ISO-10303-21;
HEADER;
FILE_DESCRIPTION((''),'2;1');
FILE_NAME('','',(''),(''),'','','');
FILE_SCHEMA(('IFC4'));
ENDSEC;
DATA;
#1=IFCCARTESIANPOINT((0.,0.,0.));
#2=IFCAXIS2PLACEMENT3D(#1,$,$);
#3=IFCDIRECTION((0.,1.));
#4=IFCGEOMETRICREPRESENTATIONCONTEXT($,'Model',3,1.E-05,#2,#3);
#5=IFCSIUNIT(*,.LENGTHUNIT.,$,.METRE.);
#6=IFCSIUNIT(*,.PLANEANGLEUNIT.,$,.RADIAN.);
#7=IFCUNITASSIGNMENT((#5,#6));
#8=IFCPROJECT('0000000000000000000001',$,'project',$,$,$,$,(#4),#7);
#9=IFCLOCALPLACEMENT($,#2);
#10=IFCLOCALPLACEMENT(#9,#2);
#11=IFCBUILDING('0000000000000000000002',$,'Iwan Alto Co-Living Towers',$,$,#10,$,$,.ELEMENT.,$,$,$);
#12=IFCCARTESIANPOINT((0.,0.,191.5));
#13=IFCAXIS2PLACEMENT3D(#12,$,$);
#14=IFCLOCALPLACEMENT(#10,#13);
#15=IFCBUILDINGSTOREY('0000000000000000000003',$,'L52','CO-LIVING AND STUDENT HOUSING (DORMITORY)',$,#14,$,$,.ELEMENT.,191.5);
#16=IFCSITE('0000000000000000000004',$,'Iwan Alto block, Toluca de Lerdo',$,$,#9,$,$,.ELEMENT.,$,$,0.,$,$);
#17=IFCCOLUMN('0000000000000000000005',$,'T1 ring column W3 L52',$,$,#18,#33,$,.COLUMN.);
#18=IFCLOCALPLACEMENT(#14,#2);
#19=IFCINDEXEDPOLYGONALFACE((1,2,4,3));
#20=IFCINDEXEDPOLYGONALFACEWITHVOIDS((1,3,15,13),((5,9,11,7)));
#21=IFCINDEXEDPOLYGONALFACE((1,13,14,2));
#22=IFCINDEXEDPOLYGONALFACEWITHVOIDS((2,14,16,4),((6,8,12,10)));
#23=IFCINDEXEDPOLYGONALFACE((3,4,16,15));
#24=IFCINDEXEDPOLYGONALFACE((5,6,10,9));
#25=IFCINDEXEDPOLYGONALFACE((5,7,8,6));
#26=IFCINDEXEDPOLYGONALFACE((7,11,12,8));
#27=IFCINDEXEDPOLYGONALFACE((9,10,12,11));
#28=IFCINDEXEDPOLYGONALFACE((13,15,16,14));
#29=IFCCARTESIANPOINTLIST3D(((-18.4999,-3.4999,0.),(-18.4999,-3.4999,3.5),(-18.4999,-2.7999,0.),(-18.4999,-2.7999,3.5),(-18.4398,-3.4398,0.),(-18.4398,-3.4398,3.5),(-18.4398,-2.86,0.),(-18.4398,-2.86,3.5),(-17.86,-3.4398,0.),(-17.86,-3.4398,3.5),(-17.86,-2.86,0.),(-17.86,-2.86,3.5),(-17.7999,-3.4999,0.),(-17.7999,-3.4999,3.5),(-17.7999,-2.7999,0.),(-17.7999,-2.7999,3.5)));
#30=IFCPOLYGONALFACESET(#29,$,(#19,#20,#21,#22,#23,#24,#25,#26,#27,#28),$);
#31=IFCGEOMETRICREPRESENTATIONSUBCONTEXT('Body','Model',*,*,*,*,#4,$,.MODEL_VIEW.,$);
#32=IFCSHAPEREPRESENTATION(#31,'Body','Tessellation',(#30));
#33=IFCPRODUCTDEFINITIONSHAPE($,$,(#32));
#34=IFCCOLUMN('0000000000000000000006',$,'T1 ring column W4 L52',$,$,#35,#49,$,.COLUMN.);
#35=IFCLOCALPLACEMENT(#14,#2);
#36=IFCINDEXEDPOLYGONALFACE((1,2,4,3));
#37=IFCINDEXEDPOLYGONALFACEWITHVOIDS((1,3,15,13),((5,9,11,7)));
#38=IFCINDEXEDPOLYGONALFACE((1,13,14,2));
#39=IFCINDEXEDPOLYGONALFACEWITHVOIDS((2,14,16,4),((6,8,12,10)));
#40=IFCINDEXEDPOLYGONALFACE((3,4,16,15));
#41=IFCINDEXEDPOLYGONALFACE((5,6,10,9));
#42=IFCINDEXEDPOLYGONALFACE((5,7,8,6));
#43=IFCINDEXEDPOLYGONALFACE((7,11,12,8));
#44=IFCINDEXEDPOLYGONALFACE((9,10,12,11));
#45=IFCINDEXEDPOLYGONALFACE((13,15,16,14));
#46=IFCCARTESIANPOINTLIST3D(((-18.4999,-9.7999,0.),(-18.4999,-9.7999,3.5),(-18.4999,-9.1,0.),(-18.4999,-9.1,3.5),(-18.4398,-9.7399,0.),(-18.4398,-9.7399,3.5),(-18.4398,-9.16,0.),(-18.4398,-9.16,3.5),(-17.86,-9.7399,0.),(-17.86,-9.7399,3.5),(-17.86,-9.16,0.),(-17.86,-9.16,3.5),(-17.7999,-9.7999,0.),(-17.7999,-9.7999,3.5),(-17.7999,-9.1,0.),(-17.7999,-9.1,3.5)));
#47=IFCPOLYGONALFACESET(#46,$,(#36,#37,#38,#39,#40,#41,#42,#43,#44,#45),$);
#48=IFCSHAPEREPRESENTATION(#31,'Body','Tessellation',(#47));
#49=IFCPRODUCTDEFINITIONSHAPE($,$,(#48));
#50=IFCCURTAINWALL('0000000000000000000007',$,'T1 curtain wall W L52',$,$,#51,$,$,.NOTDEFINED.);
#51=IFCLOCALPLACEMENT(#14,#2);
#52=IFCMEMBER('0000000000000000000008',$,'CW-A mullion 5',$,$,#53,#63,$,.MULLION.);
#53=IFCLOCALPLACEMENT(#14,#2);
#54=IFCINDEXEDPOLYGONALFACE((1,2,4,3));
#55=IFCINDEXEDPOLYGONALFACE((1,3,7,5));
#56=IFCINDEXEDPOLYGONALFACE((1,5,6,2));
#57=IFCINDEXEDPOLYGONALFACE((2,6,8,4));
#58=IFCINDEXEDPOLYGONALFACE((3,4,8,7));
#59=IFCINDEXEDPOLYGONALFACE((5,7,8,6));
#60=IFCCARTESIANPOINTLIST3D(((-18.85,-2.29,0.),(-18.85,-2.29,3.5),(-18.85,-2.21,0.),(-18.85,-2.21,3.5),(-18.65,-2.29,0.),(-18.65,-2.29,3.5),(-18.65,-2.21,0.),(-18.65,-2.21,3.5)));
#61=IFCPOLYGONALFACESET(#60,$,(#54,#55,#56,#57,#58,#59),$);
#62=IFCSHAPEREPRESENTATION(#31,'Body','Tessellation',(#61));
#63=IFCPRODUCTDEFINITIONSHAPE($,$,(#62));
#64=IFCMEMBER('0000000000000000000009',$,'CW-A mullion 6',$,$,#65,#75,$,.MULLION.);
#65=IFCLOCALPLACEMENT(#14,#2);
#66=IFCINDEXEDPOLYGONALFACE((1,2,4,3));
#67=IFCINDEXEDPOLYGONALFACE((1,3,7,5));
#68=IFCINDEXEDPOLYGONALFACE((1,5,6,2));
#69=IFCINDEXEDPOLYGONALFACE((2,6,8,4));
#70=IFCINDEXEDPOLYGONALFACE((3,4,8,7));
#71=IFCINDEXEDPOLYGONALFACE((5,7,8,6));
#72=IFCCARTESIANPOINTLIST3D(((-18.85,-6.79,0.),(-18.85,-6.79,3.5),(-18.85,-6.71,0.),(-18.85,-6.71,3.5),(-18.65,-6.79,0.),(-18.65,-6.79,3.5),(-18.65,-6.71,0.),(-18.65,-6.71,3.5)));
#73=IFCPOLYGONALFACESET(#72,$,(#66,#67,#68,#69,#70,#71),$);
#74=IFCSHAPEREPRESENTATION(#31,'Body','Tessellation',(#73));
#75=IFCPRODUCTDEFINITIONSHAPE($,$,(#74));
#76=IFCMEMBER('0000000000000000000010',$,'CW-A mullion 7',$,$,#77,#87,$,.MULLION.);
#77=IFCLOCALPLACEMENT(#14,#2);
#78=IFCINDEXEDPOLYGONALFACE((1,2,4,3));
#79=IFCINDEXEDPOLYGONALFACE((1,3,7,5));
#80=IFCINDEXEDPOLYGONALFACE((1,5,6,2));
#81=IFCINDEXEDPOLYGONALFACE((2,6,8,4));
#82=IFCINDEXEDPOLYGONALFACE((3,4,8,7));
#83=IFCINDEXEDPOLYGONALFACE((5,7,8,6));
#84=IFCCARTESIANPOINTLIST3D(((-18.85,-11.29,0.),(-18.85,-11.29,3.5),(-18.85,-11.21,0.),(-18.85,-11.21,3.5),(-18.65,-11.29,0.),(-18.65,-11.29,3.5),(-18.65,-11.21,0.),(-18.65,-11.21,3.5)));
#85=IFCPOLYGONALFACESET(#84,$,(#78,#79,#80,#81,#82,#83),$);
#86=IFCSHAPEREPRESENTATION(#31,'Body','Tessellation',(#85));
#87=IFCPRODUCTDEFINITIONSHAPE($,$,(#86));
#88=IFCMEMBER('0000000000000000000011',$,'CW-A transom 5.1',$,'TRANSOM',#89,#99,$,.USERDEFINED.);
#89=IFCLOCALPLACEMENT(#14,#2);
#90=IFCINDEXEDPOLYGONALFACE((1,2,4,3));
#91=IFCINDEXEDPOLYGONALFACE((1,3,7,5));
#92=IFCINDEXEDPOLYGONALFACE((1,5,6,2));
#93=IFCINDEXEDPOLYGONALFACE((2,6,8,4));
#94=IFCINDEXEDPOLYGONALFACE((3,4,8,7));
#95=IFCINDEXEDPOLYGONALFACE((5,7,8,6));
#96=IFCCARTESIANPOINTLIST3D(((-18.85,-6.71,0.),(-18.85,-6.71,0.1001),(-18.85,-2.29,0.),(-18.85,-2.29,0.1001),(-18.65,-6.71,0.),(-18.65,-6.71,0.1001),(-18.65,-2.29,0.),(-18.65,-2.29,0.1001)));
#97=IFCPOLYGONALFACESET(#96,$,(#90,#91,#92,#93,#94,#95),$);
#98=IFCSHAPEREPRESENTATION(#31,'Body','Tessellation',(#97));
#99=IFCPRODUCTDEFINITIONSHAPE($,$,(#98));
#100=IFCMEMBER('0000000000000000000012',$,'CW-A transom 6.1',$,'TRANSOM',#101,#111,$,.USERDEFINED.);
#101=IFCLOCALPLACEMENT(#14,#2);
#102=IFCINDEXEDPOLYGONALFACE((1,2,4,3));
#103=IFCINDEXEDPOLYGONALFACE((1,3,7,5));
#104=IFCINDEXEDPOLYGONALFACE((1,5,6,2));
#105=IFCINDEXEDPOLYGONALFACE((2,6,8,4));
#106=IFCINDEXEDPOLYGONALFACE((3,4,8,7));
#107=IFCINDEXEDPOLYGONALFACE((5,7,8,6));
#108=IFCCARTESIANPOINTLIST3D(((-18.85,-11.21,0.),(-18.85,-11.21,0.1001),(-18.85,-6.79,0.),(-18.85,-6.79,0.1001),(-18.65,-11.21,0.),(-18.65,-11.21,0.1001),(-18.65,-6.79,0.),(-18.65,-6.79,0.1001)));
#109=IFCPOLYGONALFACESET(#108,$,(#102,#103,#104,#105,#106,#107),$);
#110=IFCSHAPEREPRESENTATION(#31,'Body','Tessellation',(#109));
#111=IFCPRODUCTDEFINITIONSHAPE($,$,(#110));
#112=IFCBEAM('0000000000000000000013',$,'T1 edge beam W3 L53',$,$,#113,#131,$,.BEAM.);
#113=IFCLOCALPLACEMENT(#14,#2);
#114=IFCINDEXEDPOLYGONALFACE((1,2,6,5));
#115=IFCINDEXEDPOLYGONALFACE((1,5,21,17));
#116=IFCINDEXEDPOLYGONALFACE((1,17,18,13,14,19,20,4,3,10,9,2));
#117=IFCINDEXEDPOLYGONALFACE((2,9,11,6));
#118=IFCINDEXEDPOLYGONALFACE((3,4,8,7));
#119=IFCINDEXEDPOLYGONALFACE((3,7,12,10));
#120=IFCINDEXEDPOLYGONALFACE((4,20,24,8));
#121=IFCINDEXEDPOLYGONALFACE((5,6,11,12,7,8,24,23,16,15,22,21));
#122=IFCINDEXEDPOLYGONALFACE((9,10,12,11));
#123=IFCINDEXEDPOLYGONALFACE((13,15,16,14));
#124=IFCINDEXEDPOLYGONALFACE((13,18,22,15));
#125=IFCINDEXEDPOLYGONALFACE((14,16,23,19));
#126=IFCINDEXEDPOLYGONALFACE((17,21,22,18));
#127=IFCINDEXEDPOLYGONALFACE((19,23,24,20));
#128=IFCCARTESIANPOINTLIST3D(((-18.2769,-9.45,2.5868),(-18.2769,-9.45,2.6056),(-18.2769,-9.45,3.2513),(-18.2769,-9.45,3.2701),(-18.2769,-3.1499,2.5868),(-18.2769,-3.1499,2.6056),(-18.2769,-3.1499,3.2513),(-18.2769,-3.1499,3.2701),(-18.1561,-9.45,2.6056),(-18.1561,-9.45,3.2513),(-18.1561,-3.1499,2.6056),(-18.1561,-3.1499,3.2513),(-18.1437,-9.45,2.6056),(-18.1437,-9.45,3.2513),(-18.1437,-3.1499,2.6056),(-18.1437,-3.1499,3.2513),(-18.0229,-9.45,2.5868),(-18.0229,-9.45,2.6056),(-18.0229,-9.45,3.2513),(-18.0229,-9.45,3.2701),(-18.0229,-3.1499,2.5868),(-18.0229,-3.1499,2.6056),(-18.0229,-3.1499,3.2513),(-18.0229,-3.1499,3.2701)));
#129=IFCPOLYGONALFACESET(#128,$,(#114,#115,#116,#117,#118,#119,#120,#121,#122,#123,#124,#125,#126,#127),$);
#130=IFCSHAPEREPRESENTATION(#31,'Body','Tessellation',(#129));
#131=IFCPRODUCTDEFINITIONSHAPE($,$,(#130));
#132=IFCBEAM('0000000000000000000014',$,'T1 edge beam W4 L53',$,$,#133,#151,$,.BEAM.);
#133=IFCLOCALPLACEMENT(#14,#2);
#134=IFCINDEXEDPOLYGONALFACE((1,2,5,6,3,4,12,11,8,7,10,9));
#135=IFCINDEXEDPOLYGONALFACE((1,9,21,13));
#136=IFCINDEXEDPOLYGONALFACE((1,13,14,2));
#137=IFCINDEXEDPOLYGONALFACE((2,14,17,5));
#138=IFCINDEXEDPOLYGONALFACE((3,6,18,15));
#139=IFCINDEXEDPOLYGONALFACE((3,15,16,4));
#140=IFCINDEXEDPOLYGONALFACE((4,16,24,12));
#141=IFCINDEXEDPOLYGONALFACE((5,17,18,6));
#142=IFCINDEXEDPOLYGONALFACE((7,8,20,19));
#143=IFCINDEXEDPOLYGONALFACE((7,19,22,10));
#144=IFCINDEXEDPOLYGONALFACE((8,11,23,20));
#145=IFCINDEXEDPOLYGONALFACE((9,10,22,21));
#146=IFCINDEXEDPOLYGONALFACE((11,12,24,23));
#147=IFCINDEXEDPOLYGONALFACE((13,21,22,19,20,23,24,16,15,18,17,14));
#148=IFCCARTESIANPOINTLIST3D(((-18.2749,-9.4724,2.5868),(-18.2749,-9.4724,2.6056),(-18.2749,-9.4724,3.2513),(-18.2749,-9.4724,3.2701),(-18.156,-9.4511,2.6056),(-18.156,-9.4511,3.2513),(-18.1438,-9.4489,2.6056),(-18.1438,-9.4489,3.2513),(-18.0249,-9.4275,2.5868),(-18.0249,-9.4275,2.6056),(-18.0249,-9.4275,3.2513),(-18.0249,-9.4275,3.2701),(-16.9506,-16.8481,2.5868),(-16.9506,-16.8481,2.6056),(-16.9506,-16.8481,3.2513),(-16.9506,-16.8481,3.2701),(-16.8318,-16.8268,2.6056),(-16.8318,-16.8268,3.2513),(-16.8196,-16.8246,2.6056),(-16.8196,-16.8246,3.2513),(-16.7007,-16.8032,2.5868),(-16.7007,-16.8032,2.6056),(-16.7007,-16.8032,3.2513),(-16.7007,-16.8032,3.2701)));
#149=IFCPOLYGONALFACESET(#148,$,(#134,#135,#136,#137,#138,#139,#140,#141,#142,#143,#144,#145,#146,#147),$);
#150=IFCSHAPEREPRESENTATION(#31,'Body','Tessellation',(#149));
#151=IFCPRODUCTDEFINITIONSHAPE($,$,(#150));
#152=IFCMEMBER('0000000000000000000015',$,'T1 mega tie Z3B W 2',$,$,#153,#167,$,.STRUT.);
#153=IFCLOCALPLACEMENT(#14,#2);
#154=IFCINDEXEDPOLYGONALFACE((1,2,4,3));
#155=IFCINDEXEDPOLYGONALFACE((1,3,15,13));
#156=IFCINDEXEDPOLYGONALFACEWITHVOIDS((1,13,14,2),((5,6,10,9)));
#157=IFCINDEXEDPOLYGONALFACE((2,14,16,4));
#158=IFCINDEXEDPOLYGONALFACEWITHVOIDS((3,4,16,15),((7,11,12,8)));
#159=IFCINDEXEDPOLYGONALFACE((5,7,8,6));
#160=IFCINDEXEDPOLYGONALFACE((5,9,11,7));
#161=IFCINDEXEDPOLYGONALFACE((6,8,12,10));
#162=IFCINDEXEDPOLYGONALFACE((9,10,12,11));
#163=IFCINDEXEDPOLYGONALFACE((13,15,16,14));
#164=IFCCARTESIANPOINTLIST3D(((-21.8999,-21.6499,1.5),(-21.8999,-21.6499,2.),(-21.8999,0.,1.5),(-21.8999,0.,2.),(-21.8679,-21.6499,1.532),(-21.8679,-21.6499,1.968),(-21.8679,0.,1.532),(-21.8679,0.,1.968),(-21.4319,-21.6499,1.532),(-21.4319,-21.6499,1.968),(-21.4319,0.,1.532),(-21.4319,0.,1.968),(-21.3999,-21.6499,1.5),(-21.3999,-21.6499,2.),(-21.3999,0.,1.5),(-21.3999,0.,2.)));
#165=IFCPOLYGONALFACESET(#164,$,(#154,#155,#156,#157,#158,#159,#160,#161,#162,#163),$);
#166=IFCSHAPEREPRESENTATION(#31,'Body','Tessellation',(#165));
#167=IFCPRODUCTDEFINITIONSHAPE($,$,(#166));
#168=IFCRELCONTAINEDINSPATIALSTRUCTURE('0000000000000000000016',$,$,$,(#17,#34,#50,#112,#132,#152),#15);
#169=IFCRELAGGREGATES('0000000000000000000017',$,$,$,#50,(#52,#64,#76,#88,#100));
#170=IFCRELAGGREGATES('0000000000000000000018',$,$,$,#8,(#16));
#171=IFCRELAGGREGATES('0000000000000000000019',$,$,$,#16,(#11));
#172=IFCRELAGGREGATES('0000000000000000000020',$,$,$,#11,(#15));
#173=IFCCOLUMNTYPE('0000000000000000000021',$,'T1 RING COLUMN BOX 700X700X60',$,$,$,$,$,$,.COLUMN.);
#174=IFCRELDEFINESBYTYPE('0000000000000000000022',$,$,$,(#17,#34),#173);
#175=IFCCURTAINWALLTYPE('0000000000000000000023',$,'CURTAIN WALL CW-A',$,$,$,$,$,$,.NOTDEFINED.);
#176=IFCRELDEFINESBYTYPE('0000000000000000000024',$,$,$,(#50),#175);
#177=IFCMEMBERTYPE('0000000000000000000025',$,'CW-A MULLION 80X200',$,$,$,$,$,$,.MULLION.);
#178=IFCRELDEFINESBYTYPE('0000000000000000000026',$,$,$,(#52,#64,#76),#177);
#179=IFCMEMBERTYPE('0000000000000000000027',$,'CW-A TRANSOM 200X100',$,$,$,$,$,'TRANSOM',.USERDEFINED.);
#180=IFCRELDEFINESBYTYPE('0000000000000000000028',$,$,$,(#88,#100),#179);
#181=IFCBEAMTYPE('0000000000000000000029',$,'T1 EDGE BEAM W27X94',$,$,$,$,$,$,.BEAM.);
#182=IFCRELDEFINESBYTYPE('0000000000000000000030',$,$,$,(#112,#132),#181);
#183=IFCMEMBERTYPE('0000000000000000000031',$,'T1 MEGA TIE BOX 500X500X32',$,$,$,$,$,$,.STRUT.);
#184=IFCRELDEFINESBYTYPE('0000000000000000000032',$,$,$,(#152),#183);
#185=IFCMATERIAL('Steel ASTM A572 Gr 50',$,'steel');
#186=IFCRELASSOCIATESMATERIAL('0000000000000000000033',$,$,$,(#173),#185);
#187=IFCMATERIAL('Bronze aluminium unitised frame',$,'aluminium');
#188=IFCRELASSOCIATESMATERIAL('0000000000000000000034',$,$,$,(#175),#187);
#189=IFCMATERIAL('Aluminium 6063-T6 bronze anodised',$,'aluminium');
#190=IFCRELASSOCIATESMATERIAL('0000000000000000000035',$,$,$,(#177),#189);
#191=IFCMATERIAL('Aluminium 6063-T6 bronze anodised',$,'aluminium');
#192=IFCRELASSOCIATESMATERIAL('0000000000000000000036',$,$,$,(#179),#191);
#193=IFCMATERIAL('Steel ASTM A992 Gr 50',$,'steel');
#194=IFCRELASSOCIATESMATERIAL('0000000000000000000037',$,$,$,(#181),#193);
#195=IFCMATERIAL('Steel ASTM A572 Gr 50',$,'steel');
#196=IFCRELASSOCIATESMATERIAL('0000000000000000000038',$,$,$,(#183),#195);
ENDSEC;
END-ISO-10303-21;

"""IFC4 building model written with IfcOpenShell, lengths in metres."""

from ifc_helpers import new_model, si_unit, direction, frame, origin, origin_2d, place, context, subcontext, project, spatial, rectangle, hollow_rectangle, i_section, extrude, material, material_profile, profile_set, type_object, element, aggregate, save


model = new_model("IFC4")

# Units and contexts
model_context = context("Model", 3, precision=1e-05, world=origin(), true_north=direction((0.0, 1.0)))
body_context = subcontext(model_context, "Body", "Model", "MODEL_VIEW")
ifc_project = project(units=[si_unit("LENGTHUNIT", "METRE"), si_unit("PLANEANGLEUNIT", "RADIAN")], contexts=[model_context])

# Site, building, storey
site_placement = place(None, origin())
site = spatial("IfcSite", under=ifc_project, at=site_placement, Name="Iwan Alto block, Toluca de Lerdo", CompositionType="ELEMENT", RefElevation=0.0)
building_placement = place(site_placement, origin())
building = spatial("IfcBuilding", under=site, at=building_placement, Name="Iwan Alto Co-Living Towers", CompositionType="ELEMENT")
storey_placement = place(building_placement, frame((0.0, 0.0, 191.5)))
storey = spatial("IfcBuildingStorey", under=building, at=storey_placement, Name="L52", Description="CO-LIVING AND STUDENT HOUSING (DORMITORY)", CompositionType="ELEMENT", Elevation=191.5)

# Columns
ifc_material_1 = material(Name="Steel ASTM A572 Gr 50", Category="steel")
ifc_material_profile_1 = material_profile(ifc_material_1, hollow_rectangle(XDim=0.7, YDim=0.7, WallThickness=0.0601, at=origin_2d()), Name="BOX 700X700X60")
ifc_profile_set_1 = profile_set([ifc_material_profile_1], Name="Steel ASTM A572 Gr 50")
column_type = type_object("IfcColumnType", Name="T1 RING COLUMN BOX 700X700X60", PredefinedType="COLUMN", material=ifc_profile_set_1)
for number, where, z_axis, x_axis, name in (
    (1, (-18.1499, -3.1499, 0.0), (0.0, 0.0, 1.0), (1.0, 0.0, 0.0), "T1 ring column W3 L52"),
    (2, (-18.1499, -9.45, 0.0), (0.0, 0.0, 1.0), (1.0, 0.0, 0.0), "T1 ring column W4 L52"),
):
    element("IfcColumn", number, at=place(storey_placement, frame(where, z_axis=z_axis, x_axis=x_axis)), inside=storey, type_object=column_type, Name=name, PredefinedType="COLUMN", context=body_context, shape_type="SweptSolid", body=[
        extrude(hollow_rectangle(XDim=0.7, YDim=0.7, WallThickness=0.0601, at=origin_2d()), origin(), (0.0, 0.0, 1.0), 3.5),
    ])

# Curtain wall, members
ifc_material_2 = material(Name="Bronze aluminium unitised frame", Category="aluminium")
curtain_wall_type = type_object("IfcCurtainWallType", Name="CURTAIN WALL CW-A", PredefinedType="NOTDEFINED", material=ifc_material_2)
curtain_wall_placement = place(storey_placement, origin())
curtain_wall = element("IfcCurtainWall", 3, at=curtain_wall_placement, inside=storey, type_object=curtain_wall_type, Name="T1 curtain wall W L52", PredefinedType="NOTDEFINED")
ifc_material_3 = material(Name="Aluminium 6063-T6 bronze anodised", Category="aluminium")
ifc_material_profile_2 = material_profile(ifc_material_3, rectangle(XDim=0.2, YDim=0.0801, at=origin_2d()), Name="AL 80X200")
ifc_profile_set_2 = profile_set([ifc_material_profile_2], Name="Aluminium 6063-T6 bronze anodised")
member_type_1 = type_object("IfcMemberType", Name="CW-A MULLION 80X200", PredefinedType="MULLION", material=ifc_profile_set_2)
member_1_placement = place(storey_placement, frame((-18.75, -2.25, 0.0), z_axis=(0.0, 0.0, 1.0), x_axis=(1.0, 0.0, 0.0)))
member_1 = element("IfcMember", 4, at=member_1_placement, type_object=member_type_1, Name="CW-A mullion 5", PredefinedType="MULLION", context=body_context, shape_type="SweptSolid", body=[
    extrude(rectangle(XDim=0.2, YDim=0.0801, at=origin_2d()), origin(), (0.0, 0.0, 1.0), 3.5),
])
member_2_placement = place(storey_placement, frame((-18.75, -6.75, 0.0), z_axis=(0.0, 0.0, 1.0), x_axis=(1.0, 0.0, 0.0)))
member_2 = element("IfcMember", 5, at=member_2_placement, type_object=member_type_1, Name="CW-A mullion 6", PredefinedType="MULLION", context=body_context, shape_type="SweptSolid", body=[
    extrude(rectangle(XDim=0.2, YDim=0.0801, at=origin_2d()), origin(), (0.0, 0.0, 1.0), 3.5),
])
member_3_placement = place(storey_placement, frame((-18.75, -11.25, 0.0), z_axis=(0.0, 0.0, 1.0), x_axis=(1.0, 0.0, 0.0)))
member_3 = element("IfcMember", 6, at=member_3_placement, type_object=member_type_1, Name="CW-A mullion 7", PredefinedType="MULLION", context=body_context, shape_type="SweptSolid", body=[
    extrude(rectangle(XDim=0.2, YDim=0.0801, at=origin_2d()), origin(), (0.0, 0.0, 1.0), 3.5),
])
ifc_material_4 = material(Name="Aluminium 6063-T6 bronze anodised", Category="aluminium")
ifc_material_profile_3 = material_profile(ifc_material_4, rectangle(XDim=0.2, YDim=0.1001, at=origin_2d()), Name="AL 200X100")
ifc_profile_set_3 = profile_set([ifc_material_profile_3], Name="Aluminium 6063-T6 bronze anodised")
member_type_2 = type_object("IfcMemberType", Name="CW-A TRANSOM 200X100", ElementType="TRANSOM", PredefinedType="USERDEFINED", material=ifc_profile_set_3)
member_4_placement = place(storey_placement, frame((-18.75, -2.29, 0.05), z_axis=(0.0, -1.0, 0.0), x_axis=(1.0, 0.0, 0.0)))
member_4 = element("IfcMember", 7, at=member_4_placement, type_object=member_type_2, Name="CW-A transom 5.1", ObjectType="TRANSOM", PredefinedType="USERDEFINED", context=body_context, shape_type="SweptSolid", body=[
    extrude(rectangle(XDim=0.2, YDim=0.1001, at=origin_2d()), origin(), (0.0, 0.0, 1.0), 4.4199),
])
member_5_placement = place(storey_placement, frame((-18.75, -6.79, 0.05), z_axis=(0.0, -1.0, 0.0), x_axis=(1.0, 0.0, 0.0)))
member_5 = element("IfcMember", 8, at=member_5_placement, type_object=member_type_2, Name="CW-A transom 6.1", ObjectType="TRANSOM", PredefinedType="USERDEFINED", context=body_context, shape_type="SweptSolid", body=[
    extrude(rectangle(XDim=0.2, YDim=0.1001, at=origin_2d()), origin(), (0.0, 0.0, 1.0), 4.4199),
])

# Beams
ifc_material_5 = material(Name="Steel ASTM A992 Gr 50", Category="steel")
ifc_material_profile_4 = material_profile(ifc_material_5, i_section(OverallWidth=0.2539, OverallDepth=0.6833, WebThickness=0.0125, FlangeThickness=0.0188, at=origin_2d()), Name="W27X94")
ifc_profile_set_4 = profile_set([ifc_material_profile_4], Name="Steel ASTM A992 Gr 50")
beam_type_1 = type_object("IfcBeamType", Name="T1 EDGE BEAM W27X94", PredefinedType="BEAM", material=ifc_profile_set_4)
beam_1_placement = place(storey_placement, frame((-18.1499, -3.1499, 2.9285), z_axis=(0.0, -1.0, 0.0), x_axis=(1.0, 0.0, 0.0)))
element("IfcBeam", 9, at=beam_1_placement, inside=storey, type_object=beam_type_1, Name="T1 edge beam W3 L53", PredefinedType="BEAM", context=body_context, shape_type="SweptSolid", body=[
    extrude(i_section(OverallWidth=0.2539, OverallDepth=0.6833, WebThickness=0.0125, FlangeThickness=0.0188, at=origin_2d()), origin(), (0.0, 0.0, 1.0), 6.3),
])
beam_2_placement = place(storey_placement, frame((-18.1499, -9.45, 2.9285), z_axis=(0.176712, -0.984263, 0.0), x_axis=(0.984263, 0.176712, 0.0)))
element("IfcBeam", 10, at=beam_2_placement, inside=storey, type_object=beam_type_1, Name="T1 edge beam W4 L53", PredefinedType="BEAM", context=body_context, shape_type="SweptSolid", body=[
    extrude(i_section(OverallWidth=0.2539, OverallDepth=0.6833, WebThickness=0.0125, FlangeThickness=0.0188, at=origin_2d()), origin(), (0.0, 0.0, 1.0), 7.4937),
])

# Member
ifc_material_6 = material(Name="Steel ASTM A572 Gr 50", Category="steel")
ifc_material_profile_5 = material_profile(ifc_material_6, hollow_rectangle(XDim=0.5, YDim=0.5, WallThickness=0.032, at=origin_2d()), Name="BOX 500X500X32")
ifc_profile_set_5 = profile_set([ifc_material_profile_5], Name="Steel ASTM A572 Gr 50")
member_type_3 = type_object("IfcMemberType", Name="T1 MEGA TIE BOX 500X500X32", PredefinedType="STRUT", material=ifc_profile_set_5)
member_6_placement = place(storey_placement, frame((-21.6499, 0.0, 1.75), z_axis=(0.0, -1.0, 0.0), x_axis=(1.0, 0.0, 0.0)))
element("IfcMember", 11, at=member_6_placement, inside=storey, type_object=member_type_3, Name="T1 mega tie Z3B W 2", PredefinedType="STRUT", context=body_context, shape_type="SweptSolid", body=[
    extrude(hollow_rectangle(XDim=0.5, YDim=0.5, WallThickness=0.032, at=origin_2d()), origin(), (0.0, 0.0, 1.0), 21.6499),
])

aggregate(curtain_wall, [member_1, member_2, member_3, member_4, member_5])

save(model, "model.ifc")
